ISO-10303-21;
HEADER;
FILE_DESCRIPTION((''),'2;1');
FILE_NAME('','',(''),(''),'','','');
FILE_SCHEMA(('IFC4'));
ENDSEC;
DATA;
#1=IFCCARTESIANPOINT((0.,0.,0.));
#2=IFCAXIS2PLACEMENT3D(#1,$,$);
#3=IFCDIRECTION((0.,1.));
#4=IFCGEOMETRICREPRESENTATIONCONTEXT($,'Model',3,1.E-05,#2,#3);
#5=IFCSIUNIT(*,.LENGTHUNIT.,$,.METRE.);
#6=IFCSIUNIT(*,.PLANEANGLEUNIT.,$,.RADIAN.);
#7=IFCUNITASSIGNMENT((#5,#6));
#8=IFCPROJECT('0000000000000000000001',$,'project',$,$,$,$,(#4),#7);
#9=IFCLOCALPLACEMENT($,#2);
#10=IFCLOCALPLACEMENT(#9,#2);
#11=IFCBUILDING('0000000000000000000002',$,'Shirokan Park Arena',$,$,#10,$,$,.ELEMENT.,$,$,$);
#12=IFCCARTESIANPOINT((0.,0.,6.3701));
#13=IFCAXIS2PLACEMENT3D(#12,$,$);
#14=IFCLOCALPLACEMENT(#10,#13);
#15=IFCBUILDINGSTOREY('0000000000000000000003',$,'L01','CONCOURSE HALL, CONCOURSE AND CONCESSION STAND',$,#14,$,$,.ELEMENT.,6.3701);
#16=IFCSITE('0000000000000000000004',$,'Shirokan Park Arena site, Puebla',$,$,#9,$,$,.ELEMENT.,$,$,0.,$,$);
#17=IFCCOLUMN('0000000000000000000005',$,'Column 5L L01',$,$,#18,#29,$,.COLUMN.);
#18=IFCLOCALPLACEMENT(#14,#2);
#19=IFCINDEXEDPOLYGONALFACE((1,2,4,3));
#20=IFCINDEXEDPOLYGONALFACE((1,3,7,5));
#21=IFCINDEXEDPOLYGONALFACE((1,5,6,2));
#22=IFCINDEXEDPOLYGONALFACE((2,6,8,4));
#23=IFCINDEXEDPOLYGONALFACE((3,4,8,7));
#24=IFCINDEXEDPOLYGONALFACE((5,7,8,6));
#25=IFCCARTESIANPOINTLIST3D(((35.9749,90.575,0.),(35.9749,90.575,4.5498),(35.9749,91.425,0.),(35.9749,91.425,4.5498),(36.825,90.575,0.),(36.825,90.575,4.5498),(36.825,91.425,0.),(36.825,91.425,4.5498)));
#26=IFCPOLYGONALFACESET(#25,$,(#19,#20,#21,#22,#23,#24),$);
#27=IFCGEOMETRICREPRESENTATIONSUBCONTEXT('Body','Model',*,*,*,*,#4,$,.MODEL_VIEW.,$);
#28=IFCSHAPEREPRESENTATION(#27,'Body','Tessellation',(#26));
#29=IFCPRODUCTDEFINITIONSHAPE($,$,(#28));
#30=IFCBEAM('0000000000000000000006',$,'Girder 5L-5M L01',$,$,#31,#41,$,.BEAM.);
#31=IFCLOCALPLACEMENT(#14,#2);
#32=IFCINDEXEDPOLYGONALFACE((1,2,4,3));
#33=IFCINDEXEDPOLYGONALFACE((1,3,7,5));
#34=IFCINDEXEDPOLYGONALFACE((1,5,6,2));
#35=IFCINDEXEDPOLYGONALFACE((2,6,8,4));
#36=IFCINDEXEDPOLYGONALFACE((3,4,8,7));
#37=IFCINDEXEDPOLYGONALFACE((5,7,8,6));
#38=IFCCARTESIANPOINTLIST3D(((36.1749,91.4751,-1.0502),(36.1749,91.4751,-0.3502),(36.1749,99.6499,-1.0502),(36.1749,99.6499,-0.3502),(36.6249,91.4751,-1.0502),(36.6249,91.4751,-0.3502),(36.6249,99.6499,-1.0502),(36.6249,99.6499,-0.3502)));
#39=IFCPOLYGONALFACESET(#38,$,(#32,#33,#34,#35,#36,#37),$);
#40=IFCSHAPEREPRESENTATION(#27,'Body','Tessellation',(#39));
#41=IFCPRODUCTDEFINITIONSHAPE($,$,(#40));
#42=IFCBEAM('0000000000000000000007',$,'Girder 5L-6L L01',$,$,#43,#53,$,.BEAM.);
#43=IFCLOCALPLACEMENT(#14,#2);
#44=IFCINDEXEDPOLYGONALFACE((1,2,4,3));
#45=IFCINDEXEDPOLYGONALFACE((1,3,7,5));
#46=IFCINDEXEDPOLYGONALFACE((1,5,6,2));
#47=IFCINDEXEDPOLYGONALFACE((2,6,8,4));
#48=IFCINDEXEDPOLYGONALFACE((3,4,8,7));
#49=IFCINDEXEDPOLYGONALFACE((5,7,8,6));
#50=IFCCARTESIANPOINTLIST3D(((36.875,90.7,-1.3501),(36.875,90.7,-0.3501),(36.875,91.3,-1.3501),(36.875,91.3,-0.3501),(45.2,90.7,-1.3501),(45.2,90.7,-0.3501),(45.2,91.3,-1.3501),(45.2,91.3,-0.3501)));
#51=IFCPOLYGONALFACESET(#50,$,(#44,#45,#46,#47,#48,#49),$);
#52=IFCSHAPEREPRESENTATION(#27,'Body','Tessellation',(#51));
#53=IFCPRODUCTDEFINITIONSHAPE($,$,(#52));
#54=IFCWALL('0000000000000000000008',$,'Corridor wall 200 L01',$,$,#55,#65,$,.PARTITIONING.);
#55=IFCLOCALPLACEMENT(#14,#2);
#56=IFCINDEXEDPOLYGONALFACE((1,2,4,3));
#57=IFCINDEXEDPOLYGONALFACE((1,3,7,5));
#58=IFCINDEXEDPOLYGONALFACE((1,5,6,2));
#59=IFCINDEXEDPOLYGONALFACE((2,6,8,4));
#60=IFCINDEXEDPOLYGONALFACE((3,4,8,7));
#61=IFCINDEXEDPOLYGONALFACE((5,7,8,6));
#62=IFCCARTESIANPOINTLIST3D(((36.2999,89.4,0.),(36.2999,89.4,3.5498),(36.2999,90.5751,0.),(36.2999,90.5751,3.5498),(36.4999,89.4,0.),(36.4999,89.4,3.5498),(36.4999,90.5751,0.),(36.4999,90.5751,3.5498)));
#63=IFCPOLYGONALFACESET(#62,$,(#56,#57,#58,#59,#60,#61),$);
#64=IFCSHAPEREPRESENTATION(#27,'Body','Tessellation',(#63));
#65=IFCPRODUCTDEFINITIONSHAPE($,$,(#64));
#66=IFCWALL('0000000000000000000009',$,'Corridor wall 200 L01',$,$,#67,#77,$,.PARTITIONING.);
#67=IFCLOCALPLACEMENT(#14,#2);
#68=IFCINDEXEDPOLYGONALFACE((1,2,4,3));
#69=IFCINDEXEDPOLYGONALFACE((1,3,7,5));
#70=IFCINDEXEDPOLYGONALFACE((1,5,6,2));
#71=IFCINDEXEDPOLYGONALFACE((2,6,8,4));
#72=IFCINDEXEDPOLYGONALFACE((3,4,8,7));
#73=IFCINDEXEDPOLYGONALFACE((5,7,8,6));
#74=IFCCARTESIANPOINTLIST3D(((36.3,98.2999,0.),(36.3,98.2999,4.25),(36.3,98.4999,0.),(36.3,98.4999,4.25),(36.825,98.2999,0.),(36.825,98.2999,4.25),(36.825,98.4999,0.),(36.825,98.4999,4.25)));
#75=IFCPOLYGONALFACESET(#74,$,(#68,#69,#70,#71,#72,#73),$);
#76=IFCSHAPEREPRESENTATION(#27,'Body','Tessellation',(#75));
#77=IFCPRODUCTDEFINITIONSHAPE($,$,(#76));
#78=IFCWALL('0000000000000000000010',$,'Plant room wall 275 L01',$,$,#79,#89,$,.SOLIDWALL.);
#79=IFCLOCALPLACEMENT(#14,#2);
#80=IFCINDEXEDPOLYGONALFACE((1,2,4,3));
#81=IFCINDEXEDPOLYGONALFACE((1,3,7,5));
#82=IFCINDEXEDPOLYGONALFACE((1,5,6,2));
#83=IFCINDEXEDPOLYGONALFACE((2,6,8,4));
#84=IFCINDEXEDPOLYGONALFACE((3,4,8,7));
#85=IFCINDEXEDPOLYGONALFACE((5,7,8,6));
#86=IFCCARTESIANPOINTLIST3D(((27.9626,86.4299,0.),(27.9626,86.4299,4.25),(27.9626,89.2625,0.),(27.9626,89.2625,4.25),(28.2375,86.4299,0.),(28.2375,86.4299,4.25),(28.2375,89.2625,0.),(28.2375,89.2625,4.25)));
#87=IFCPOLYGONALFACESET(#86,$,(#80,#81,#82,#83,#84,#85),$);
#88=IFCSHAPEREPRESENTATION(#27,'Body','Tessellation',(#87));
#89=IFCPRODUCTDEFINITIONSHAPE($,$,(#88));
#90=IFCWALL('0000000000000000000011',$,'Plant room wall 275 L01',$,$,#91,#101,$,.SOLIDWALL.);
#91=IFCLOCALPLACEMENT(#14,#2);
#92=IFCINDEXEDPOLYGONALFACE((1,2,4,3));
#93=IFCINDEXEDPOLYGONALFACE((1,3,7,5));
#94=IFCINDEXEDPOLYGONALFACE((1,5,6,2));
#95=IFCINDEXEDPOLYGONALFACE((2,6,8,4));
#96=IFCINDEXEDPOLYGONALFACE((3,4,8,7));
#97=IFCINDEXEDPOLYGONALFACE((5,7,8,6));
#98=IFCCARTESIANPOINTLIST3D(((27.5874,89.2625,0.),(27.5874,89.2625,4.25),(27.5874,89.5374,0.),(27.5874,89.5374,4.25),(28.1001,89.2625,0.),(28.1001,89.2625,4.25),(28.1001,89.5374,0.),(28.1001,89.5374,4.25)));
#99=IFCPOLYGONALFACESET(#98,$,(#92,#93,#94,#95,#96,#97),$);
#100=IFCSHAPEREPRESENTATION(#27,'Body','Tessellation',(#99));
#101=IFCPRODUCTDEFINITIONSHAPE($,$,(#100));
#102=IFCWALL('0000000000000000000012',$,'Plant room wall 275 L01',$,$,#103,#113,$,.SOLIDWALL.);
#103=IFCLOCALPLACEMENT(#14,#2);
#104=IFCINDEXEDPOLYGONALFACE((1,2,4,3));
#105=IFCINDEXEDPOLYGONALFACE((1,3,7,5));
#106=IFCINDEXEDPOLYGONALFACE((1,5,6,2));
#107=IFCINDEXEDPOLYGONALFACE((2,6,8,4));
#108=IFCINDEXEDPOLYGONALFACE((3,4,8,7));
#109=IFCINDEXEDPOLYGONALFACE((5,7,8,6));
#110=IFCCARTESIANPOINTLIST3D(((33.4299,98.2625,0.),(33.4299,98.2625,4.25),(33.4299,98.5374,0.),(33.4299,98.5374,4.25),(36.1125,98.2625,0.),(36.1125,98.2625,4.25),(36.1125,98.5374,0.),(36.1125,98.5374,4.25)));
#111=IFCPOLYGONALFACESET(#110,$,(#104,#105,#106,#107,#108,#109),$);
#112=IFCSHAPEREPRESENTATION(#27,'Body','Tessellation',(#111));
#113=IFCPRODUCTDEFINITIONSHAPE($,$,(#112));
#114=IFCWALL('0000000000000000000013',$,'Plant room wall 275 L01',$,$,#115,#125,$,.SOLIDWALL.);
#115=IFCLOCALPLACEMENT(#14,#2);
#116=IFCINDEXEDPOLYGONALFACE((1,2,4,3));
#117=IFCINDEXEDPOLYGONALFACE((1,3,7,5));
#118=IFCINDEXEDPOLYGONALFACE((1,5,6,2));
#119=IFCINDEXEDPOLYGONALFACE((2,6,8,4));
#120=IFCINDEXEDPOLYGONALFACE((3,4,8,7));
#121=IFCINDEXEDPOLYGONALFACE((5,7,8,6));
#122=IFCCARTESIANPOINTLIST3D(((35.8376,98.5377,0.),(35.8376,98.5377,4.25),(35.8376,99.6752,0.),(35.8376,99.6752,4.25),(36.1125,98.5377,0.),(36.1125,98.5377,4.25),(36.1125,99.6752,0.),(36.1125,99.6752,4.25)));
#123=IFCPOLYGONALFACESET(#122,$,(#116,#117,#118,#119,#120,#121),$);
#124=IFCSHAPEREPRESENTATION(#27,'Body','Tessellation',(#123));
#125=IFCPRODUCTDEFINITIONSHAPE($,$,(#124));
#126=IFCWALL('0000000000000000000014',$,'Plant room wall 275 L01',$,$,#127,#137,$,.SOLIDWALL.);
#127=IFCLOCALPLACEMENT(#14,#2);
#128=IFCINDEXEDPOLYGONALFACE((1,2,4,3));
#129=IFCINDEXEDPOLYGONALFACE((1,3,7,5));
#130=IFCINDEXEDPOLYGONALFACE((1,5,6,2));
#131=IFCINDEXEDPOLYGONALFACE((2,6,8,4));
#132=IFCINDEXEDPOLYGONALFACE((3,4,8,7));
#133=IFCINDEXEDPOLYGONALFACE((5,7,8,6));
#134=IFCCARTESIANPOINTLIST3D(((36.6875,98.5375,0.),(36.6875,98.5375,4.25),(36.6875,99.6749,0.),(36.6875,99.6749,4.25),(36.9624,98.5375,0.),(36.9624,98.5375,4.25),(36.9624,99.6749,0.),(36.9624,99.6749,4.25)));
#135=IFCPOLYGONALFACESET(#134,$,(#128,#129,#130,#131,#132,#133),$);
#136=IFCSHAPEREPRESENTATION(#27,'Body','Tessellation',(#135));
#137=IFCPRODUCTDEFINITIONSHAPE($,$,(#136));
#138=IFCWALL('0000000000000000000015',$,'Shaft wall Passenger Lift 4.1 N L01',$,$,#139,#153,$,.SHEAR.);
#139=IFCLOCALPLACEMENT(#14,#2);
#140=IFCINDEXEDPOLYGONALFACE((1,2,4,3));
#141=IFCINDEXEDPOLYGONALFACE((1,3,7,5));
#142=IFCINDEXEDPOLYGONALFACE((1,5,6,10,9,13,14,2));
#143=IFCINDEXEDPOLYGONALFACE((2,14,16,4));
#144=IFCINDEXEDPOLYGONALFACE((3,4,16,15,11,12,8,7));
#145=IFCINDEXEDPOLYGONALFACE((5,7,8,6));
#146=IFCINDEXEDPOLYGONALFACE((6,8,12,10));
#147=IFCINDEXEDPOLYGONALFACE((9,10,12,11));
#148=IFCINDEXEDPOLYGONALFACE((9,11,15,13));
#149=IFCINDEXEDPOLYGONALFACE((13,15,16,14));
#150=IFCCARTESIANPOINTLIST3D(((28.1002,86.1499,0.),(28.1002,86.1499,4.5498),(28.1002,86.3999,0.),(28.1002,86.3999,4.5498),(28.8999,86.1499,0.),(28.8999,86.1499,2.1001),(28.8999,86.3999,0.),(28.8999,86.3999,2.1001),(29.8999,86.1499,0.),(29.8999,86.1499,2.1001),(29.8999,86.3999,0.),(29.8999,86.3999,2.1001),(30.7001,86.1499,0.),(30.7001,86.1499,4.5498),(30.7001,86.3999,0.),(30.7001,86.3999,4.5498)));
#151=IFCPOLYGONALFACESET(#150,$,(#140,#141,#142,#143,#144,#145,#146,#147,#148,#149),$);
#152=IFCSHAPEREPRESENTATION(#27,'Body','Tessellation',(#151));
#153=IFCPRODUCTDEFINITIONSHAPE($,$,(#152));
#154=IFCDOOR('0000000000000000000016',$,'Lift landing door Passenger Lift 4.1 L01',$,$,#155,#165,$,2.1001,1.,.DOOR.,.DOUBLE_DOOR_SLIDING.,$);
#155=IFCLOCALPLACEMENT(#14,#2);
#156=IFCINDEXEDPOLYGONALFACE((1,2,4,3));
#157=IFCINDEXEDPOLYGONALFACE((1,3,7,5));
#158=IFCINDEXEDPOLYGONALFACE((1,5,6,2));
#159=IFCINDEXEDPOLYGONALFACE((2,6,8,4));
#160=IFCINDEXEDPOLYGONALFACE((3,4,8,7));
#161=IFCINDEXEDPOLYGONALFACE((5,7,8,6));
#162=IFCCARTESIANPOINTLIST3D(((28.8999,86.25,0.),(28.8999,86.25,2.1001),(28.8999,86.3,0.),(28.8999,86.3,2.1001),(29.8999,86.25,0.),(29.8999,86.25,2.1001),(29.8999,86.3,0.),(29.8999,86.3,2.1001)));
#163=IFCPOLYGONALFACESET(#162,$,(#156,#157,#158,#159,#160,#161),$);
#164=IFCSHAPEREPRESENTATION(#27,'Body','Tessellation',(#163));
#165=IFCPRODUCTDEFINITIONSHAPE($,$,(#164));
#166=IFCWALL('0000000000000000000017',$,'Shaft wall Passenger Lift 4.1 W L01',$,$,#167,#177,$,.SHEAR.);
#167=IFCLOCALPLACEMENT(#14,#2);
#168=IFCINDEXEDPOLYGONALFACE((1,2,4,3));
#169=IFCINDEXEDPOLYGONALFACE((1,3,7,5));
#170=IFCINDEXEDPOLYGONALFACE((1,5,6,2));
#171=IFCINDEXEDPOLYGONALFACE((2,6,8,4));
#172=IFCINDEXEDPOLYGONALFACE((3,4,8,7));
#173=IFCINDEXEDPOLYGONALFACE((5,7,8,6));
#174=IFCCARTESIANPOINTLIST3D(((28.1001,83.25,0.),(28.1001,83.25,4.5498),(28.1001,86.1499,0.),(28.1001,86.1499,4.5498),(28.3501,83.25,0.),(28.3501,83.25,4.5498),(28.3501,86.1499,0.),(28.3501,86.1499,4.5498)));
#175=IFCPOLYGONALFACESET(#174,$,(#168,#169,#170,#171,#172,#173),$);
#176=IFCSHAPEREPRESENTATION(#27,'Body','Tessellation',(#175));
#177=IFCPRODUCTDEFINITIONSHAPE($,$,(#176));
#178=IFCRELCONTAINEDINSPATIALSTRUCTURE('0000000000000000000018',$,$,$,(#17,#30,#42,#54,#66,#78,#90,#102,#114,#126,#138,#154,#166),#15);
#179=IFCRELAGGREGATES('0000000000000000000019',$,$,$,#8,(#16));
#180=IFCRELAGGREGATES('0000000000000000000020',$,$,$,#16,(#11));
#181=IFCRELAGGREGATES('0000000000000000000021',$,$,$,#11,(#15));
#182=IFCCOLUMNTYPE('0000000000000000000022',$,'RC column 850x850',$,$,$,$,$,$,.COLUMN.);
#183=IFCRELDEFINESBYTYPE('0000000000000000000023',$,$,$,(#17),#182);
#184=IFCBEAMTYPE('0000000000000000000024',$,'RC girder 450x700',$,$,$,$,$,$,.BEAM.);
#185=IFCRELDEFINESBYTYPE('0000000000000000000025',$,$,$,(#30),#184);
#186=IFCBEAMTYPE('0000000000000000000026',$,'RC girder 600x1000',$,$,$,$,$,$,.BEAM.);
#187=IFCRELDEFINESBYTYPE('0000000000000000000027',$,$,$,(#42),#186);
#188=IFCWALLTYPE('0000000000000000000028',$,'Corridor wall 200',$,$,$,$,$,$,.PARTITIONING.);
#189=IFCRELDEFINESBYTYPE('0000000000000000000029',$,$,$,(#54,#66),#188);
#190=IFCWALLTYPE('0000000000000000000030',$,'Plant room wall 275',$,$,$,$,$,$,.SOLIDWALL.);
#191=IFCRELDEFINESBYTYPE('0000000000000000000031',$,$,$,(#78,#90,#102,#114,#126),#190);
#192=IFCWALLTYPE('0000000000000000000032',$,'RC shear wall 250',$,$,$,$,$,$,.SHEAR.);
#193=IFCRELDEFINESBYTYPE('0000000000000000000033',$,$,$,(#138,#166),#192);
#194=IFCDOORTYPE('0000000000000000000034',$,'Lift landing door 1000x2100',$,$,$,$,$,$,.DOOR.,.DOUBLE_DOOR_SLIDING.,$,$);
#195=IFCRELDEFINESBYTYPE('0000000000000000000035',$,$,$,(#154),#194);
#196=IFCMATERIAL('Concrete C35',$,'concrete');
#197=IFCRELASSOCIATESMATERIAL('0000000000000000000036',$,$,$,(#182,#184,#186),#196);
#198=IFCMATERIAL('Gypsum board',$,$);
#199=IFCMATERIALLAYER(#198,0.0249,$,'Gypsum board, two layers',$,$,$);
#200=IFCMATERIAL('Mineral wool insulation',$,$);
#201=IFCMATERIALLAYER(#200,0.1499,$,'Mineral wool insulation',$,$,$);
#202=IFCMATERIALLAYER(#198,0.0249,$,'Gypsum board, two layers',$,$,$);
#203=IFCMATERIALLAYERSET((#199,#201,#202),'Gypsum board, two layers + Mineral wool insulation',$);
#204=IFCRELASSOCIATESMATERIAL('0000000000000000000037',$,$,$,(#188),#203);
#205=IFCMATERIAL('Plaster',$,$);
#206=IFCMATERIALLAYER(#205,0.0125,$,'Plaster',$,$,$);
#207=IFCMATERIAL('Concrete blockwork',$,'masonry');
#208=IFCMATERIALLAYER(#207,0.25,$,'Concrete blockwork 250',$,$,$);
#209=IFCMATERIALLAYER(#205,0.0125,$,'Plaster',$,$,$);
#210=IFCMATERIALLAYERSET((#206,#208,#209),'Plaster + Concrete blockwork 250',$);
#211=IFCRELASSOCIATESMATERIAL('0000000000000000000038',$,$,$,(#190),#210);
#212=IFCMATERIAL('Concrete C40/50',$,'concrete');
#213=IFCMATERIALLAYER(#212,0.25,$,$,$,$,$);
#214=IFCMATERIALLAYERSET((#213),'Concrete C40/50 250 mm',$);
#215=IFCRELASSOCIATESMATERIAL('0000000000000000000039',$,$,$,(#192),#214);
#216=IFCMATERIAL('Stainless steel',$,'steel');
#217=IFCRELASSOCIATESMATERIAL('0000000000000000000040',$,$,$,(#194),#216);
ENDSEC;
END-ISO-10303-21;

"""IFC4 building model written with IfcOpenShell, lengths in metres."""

from ifc_helpers import new_model, si_unit, direction, frame, frame_2d, origin, origin_2d, place, context, subcontext, project, spatial, rectangle, extrude, material, layer, layer_set, material_profile, profile_set, type_object, element, fill, save


model = new_model("IFC4")

# Units and contexts
model_context = context("Model", 3, precision=1e-05, world=origin(), true_north=direction((0.0, 1.0)))
body_context = subcontext(model_context, "Body", "Model", "MODEL_VIEW")
ifc_project = project(units=[si_unit("LENGTHUNIT", "METRE"), si_unit("PLANEANGLEUNIT", "RADIAN")], contexts=[model_context])

# Site, building, storey
site_placement = place(None, origin())
site = spatial("IfcSite", under=ifc_project, at=site_placement, Name="Shirokan Park Arena site, Puebla", CompositionType="ELEMENT", RefElevation=0.0)
building_placement = place(site_placement, origin())
building = spatial("IfcBuilding", under=site, at=building_placement, Name="Shirokan Park Arena", CompositionType="ELEMENT")
storey_placement = place(building_placement, frame((0.0, 0.0, 6.3701)))
storey = spatial("IfcBuildingStorey", under=building, at=storey_placement, Name="L01", Description="CONCOURSE HALL, CONCOURSE AND CONCESSION STAND", CompositionType="ELEMENT", Elevation=6.3701)

# Column
ifc_material_1 = material(Name="Concrete C35", Category="concrete")
ifc_material_profile_1 = material_profile(ifc_material_1, rectangle(XDim=0.8501, YDim=0.8501, at=origin_2d()), Name="850x850")
ifc_profile_set_1 = profile_set([ifc_material_profile_1], Name="Concrete C35")
column_type = type_object("IfcColumnType", Name="RC column 850x850", PredefinedType="COLUMN", material=ifc_profile_set_1)
column_placement = place(storey_placement, frame((36.3999, 91.0, 0.0), z_axis=(0.0, 0.0, 1.0), x_axis=(1.0, 0.0, 0.0)))
element("IfcColumn", 1, at=column_placement, inside=storey, type_object=column_type, Name="Column 5L L01", PredefinedType="COLUMN", context=body_context, shape_type="SweptSolid", body=[
    extrude(rectangle(XDim=0.8501, YDim=0.8501, at=origin_2d()), origin(), (0.0, 0.0, 1.0), 4.5498),
])

# Beams
ifc_material_profile_2 = material_profile(ifc_material_1, rectangle(XDim=0.45, YDim=0.7, at=origin_2d()), Name="450x700")
ifc_profile_set_2 = profile_set([ifc_material_profile_2], Name="Concrete C35")
beam_type_1 = type_object("IfcBeamType", Name="RC girder 450x700", PredefinedType="BEAM", material=ifc_profile_set_2)
beam_1_placement = place(storey_placement, frame((36.3999, 91.4751, -0.7002), z_axis=(0.0, 1.0, 0.0), x_axis=(-1.0, 0.0, 0.0)))
element("IfcBeam", 2, at=beam_1_placement, inside=storey, type_object=beam_type_1, Name="Girder 5L-5M L01", PredefinedType="BEAM", context=body_context, shape_type="SweptSolid", body=[
    extrude(rectangle(XDim=0.45, YDim=0.7, at=origin_2d()), origin(), (0.0, 0.0, 1.0), 8.1748),
])
ifc_material_profile_3 = material_profile(ifc_material_1, rectangle(XDim=0.6001, YDim=1.0, at=origin_2d()), Name="600x1000")
ifc_profile_set_3 = profile_set([ifc_material_profile_3], Name="Concrete C35")
beam_type_2 = type_object("IfcBeamType", Name="RC girder 600x1000", PredefinedType="BEAM", material=ifc_profile_set_3)
beam_2_placement = place(storey_placement, frame((36.875, 91.0, -0.8501), z_axis=(1.0, 0.0, 0.0), x_axis=(0.0, 1.0, 0.0)))
element("IfcBeam", 3, at=beam_2_placement, inside=storey, type_object=beam_type_2, Name="Girder 5L-6L L01", PredefinedType="BEAM", context=body_context, shape_type="SweptSolid", body=[
    extrude(rectangle(XDim=0.6001, YDim=1.0, at=origin_2d()), origin(), (0.0, 0.0, 1.0), 8.325),
])

# Shared definitions
ifc_material_2 = material(Name="Gypsum board")
ifc_layer_1 = layer(ifc_material_2, 0.0249, Name="Gypsum board, two layers")
ifc_material_3 = material(Name="Mineral wool insulation")
ifc_layer_2 = layer(ifc_material_3, 0.1499, Name="Mineral wool insulation")
ifc_layer_3 = layer(ifc_material_2, 0.0249, Name="Gypsum board, two layers")
ifc_layer_set_1 = layer_set([ifc_layer_1, ifc_layer_2, ifc_layer_3], Name="Gypsum board, two layers + Mineral wool insulation")
wall_type_1 = type_object("IfcWallType", Name="Corridor wall 200", PredefinedType="PARTITIONING", material=ifc_layer_set_1)

# Wall
wall_1_placement = place(storey_placement, frame((36.3999, 90.575, 0.0), z_axis=(0.0, 0.0, 1.0), x_axis=(0.0, -1.0, 0.0)))
element("IfcWall", 4, at=wall_1_placement, inside=storey, type_object=wall_type_1, Name="Corridor wall 200 L01", PredefinedType="PARTITIONING", context=body_context, shape_type="SweptSolid", body=[
    extrude(rectangle(XDim=1.175, YDim=0.2, at=frame_2d((0.5874, 0.0))), origin(), (0.0, 0.0, 1.0), 3.5498),
])

# Walls
wall_2_placement = place(storey_placement, frame((36.825, 98.3999, 0.0), z_axis=(0.0, 0.0, 1.0), x_axis=(-1.0, 0.0, 0.0)))
element("IfcWall", 5, at=wall_2_placement, inside=storey, type_object=wall_type_1, Name="Corridor wall 200 L01", PredefinedType="PARTITIONING", context=body_context, shape_type="SweptSolid", body=[
    extrude(rectangle(XDim=0.5249, YDim=0.2, at=frame_2d((0.2625, 0.0))), origin(), (0.0, 0.0, 1.0), 4.25),
])
ifc_material_4 = material(Name="Plaster")
ifc_layer_4 = layer(ifc_material_4, 0.0125, Name="Plaster")
ifc_material_5 = material(Name="Concrete blockwork", Category="masonry")
ifc_layer_5 = layer(ifc_material_5, 0.25, Name="Concrete blockwork 250")
ifc_layer_6 = layer(ifc_material_4, 0.0125, Name="Plaster")
ifc_layer_set_2 = layer_set([ifc_layer_4, ifc_layer_5, ifc_layer_6], Name="Plaster + Concrete blockwork 250")
wall_type_2 = type_object("IfcWallType", Name="Plant room wall 275", PredefinedType="SOLIDWALL", material=ifc_layer_set_2)
wall_3_placement = place(storey_placement, frame((28.1001, 89.2625, 0.0), z_axis=(0.0, 0.0, 1.0), x_axis=(0.0, -1.0, 0.0)))
element("IfcWall", 6, at=wall_3_placement, inside=storey, type_object=wall_type_2, Name="Plant room wall 275 L01", PredefinedType="SOLIDWALL", context=body_context, shape_type="SweptSolid", body=[
    extrude(rectangle(XDim=2.8325, YDim=0.2749, at=frame_2d((1.4163, 0.0))), origin(), (0.0, 0.0, 1.0), 4.25),
])
wall_4_placement = place(storey_placement, frame((28.1001, 89.3999, 0.0), z_axis=(0.0, 0.0, 1.0), x_axis=(-1.0, 0.0, 0.0)))
element("IfcWall", 7, at=wall_4_placement, inside=storey, type_object=wall_type_2, Name="Plant room wall 275 L01", PredefinedType="SOLIDWALL", context=body_context, shape_type="SweptSolid", body=[
    extrude(rectangle(XDim=0.5127, YDim=0.2749, at=frame_2d((0.2563, 0.0))), origin(), (0.0, 0.0, 1.0), 4.25),
])
wall_5_placement = place(storey_placement, frame((33.4299, 98.3999, 0.0), z_axis=(0.0, 0.0, 1.0), x_axis=(1.0, 0.0, 0.0)))
element("IfcWall", 8, at=wall_5_placement, inside=storey, type_object=wall_type_2, Name="Plant room wall 275 L01", PredefinedType="SOLIDWALL", context=body_context, shape_type="SweptSolid", body=[
    extrude(rectangle(XDim=2.6826, YDim=0.2749, at=frame_2d((1.3413, 0.0))), origin(), (0.0, 0.0, 1.0), 4.25),
])
wall_6_placement = place(storey_placement, frame((35.9751, 98.5376, 0.0), z_axis=(0.0, 0.0, 1.0), x_axis=(0.0, 1.0, 0.0)))
element("IfcWall", 9, at=wall_6_placement, inside=storey, type_object=wall_type_2, Name="Plant room wall 275 L01", PredefinedType="SOLIDWALL", context=body_context, shape_type="SweptSolid", body=[
    extrude(rectangle(XDim=1.1375, YDim=0.2749, at=frame_2d((0.5688, 0.0))), origin(), (0.0, 0.0, 1.0), 4.25),
])

# Wall
wall_7_placement = place(storey_placement, frame((36.825, 99.675, 0.0), z_axis=(0.0, 0.0, 1.0), x_axis=(0.0, -1.0, 0.0)))
element("IfcWall", 10, at=wall_7_placement, inside=storey, type_object=wall_type_2, Name="Plant room wall 275 L01", PredefinedType="SOLIDWALL", context=body_context, shape_type="SweptSolid", body=[
    extrude(rectangle(XDim=1.1375, YDim=0.2749, at=frame_2d((0.5688, 0.0))), origin(), (0.0, 0.0, 1.0), 4.25),
])

# Wall, opening, door
ifc_material_6 = material(Name="Concrete C40/50", Category="concrete")
ifc_layer_7 = layer(ifc_material_6, 0.25)
ifc_layer_set_3 = layer_set([ifc_layer_7], Name="Concrete C40/50 250 mm")
wall_type_3 = type_object("IfcWallType", Name="RC shear wall 250", PredefinedType="SHEAR", material=ifc_layer_set_3)
wall_8_placement = place(storey_placement, frame((30.7, 86.2749, 0.0), z_axis=(0.0, 0.0, 1.0), x_axis=(-1.0, 0.0, 0.0)))
wall_8 = element("IfcWall", 11, at=wall_8_placement, inside=storey, type_object=wall_type_3, Name="Shaft wall Passenger Lift 4.1 N L01", PredefinedType="SHEAR", context=body_context, shape_type="SweptSolid", body=[
    extrude(rectangle(XDim=2.5999, YDim=0.25, at=frame_2d((1.2998, 0.0))), origin(), (0.0, 0.0, 1.0), 4.5498),
])
opening_1_placement = place(wall_8_placement, frame((0.8, 0.0, 0.0)))
opening_1 = element("IfcOpeningElement", 12, at=opening_1_placement, cuts=wall_8, PredefinedType="OPENING", context=body_context, shape_type="SweptSolid", body=[
    extrude(rectangle(XDim=1.0, YDim=2.1001, at=frame_2d((0.5, 1.05))), frame((0.0, 0.135, 0.0), z_axis=(0.0, -1.0, 0.0), x_axis=(1.0, 0.0, 0.0)), (0.0, 0.0, 1.0), 0.27),
])
ifc_material_7 = material(Name="Stainless steel", Category="steel")
door_type_1 = type_object("IfcDoorType", Name="Lift landing door 1000x2100", OperationType="DOUBLE_DOOR_SLIDING", PredefinedType="DOOR", material=ifc_material_7)
door_1_placement = place(opening_1_placement, origin())
door_1 = element("IfcDoor", 13, at=door_1_placement, inside=storey, type_object=door_type_1, Name="Lift landing door Passenger Lift 4.1 L01", OperationType="DOUBLE_DOOR_SLIDING", OverallHeight=2.1001, OverallWidth=1.0, PredefinedType="DOOR", context=body_context, shape_type="SweptSolid", body=[
    extrude(rectangle(XDim=1.0, YDim=2.1001, at=frame_2d((0.5, 1.05))), frame((0.0, 0.0249, 0.0), z_axis=(0.0, -1.0, 0.0), x_axis=(1.0, 0.0, 0.0)), (0.0, 0.0, 1.0), 0.05),
])
fill(opening_1, door_1)

# Wall
wall_9_placement = place(storey_placement, frame((28.2251, 86.1499, 0.0), z_axis=(0.0, 0.0, 1.0), x_axis=(0.0, -1.0, 0.0)))
element("IfcWall", 14, at=wall_9_placement, inside=storey, type_object=wall_type_3, Name="Shaft wall Passenger Lift 4.1 W L01", PredefinedType="SHEAR", context=body_context, shape_type="SweptSolid", body=[
    extrude(rectangle(XDim=2.8999, YDim=0.25, at=frame_2d((1.45, 0.0))), origin(), (0.0, 0.0, 1.0), 4.5498),
])

save(model, "model.ifc")
